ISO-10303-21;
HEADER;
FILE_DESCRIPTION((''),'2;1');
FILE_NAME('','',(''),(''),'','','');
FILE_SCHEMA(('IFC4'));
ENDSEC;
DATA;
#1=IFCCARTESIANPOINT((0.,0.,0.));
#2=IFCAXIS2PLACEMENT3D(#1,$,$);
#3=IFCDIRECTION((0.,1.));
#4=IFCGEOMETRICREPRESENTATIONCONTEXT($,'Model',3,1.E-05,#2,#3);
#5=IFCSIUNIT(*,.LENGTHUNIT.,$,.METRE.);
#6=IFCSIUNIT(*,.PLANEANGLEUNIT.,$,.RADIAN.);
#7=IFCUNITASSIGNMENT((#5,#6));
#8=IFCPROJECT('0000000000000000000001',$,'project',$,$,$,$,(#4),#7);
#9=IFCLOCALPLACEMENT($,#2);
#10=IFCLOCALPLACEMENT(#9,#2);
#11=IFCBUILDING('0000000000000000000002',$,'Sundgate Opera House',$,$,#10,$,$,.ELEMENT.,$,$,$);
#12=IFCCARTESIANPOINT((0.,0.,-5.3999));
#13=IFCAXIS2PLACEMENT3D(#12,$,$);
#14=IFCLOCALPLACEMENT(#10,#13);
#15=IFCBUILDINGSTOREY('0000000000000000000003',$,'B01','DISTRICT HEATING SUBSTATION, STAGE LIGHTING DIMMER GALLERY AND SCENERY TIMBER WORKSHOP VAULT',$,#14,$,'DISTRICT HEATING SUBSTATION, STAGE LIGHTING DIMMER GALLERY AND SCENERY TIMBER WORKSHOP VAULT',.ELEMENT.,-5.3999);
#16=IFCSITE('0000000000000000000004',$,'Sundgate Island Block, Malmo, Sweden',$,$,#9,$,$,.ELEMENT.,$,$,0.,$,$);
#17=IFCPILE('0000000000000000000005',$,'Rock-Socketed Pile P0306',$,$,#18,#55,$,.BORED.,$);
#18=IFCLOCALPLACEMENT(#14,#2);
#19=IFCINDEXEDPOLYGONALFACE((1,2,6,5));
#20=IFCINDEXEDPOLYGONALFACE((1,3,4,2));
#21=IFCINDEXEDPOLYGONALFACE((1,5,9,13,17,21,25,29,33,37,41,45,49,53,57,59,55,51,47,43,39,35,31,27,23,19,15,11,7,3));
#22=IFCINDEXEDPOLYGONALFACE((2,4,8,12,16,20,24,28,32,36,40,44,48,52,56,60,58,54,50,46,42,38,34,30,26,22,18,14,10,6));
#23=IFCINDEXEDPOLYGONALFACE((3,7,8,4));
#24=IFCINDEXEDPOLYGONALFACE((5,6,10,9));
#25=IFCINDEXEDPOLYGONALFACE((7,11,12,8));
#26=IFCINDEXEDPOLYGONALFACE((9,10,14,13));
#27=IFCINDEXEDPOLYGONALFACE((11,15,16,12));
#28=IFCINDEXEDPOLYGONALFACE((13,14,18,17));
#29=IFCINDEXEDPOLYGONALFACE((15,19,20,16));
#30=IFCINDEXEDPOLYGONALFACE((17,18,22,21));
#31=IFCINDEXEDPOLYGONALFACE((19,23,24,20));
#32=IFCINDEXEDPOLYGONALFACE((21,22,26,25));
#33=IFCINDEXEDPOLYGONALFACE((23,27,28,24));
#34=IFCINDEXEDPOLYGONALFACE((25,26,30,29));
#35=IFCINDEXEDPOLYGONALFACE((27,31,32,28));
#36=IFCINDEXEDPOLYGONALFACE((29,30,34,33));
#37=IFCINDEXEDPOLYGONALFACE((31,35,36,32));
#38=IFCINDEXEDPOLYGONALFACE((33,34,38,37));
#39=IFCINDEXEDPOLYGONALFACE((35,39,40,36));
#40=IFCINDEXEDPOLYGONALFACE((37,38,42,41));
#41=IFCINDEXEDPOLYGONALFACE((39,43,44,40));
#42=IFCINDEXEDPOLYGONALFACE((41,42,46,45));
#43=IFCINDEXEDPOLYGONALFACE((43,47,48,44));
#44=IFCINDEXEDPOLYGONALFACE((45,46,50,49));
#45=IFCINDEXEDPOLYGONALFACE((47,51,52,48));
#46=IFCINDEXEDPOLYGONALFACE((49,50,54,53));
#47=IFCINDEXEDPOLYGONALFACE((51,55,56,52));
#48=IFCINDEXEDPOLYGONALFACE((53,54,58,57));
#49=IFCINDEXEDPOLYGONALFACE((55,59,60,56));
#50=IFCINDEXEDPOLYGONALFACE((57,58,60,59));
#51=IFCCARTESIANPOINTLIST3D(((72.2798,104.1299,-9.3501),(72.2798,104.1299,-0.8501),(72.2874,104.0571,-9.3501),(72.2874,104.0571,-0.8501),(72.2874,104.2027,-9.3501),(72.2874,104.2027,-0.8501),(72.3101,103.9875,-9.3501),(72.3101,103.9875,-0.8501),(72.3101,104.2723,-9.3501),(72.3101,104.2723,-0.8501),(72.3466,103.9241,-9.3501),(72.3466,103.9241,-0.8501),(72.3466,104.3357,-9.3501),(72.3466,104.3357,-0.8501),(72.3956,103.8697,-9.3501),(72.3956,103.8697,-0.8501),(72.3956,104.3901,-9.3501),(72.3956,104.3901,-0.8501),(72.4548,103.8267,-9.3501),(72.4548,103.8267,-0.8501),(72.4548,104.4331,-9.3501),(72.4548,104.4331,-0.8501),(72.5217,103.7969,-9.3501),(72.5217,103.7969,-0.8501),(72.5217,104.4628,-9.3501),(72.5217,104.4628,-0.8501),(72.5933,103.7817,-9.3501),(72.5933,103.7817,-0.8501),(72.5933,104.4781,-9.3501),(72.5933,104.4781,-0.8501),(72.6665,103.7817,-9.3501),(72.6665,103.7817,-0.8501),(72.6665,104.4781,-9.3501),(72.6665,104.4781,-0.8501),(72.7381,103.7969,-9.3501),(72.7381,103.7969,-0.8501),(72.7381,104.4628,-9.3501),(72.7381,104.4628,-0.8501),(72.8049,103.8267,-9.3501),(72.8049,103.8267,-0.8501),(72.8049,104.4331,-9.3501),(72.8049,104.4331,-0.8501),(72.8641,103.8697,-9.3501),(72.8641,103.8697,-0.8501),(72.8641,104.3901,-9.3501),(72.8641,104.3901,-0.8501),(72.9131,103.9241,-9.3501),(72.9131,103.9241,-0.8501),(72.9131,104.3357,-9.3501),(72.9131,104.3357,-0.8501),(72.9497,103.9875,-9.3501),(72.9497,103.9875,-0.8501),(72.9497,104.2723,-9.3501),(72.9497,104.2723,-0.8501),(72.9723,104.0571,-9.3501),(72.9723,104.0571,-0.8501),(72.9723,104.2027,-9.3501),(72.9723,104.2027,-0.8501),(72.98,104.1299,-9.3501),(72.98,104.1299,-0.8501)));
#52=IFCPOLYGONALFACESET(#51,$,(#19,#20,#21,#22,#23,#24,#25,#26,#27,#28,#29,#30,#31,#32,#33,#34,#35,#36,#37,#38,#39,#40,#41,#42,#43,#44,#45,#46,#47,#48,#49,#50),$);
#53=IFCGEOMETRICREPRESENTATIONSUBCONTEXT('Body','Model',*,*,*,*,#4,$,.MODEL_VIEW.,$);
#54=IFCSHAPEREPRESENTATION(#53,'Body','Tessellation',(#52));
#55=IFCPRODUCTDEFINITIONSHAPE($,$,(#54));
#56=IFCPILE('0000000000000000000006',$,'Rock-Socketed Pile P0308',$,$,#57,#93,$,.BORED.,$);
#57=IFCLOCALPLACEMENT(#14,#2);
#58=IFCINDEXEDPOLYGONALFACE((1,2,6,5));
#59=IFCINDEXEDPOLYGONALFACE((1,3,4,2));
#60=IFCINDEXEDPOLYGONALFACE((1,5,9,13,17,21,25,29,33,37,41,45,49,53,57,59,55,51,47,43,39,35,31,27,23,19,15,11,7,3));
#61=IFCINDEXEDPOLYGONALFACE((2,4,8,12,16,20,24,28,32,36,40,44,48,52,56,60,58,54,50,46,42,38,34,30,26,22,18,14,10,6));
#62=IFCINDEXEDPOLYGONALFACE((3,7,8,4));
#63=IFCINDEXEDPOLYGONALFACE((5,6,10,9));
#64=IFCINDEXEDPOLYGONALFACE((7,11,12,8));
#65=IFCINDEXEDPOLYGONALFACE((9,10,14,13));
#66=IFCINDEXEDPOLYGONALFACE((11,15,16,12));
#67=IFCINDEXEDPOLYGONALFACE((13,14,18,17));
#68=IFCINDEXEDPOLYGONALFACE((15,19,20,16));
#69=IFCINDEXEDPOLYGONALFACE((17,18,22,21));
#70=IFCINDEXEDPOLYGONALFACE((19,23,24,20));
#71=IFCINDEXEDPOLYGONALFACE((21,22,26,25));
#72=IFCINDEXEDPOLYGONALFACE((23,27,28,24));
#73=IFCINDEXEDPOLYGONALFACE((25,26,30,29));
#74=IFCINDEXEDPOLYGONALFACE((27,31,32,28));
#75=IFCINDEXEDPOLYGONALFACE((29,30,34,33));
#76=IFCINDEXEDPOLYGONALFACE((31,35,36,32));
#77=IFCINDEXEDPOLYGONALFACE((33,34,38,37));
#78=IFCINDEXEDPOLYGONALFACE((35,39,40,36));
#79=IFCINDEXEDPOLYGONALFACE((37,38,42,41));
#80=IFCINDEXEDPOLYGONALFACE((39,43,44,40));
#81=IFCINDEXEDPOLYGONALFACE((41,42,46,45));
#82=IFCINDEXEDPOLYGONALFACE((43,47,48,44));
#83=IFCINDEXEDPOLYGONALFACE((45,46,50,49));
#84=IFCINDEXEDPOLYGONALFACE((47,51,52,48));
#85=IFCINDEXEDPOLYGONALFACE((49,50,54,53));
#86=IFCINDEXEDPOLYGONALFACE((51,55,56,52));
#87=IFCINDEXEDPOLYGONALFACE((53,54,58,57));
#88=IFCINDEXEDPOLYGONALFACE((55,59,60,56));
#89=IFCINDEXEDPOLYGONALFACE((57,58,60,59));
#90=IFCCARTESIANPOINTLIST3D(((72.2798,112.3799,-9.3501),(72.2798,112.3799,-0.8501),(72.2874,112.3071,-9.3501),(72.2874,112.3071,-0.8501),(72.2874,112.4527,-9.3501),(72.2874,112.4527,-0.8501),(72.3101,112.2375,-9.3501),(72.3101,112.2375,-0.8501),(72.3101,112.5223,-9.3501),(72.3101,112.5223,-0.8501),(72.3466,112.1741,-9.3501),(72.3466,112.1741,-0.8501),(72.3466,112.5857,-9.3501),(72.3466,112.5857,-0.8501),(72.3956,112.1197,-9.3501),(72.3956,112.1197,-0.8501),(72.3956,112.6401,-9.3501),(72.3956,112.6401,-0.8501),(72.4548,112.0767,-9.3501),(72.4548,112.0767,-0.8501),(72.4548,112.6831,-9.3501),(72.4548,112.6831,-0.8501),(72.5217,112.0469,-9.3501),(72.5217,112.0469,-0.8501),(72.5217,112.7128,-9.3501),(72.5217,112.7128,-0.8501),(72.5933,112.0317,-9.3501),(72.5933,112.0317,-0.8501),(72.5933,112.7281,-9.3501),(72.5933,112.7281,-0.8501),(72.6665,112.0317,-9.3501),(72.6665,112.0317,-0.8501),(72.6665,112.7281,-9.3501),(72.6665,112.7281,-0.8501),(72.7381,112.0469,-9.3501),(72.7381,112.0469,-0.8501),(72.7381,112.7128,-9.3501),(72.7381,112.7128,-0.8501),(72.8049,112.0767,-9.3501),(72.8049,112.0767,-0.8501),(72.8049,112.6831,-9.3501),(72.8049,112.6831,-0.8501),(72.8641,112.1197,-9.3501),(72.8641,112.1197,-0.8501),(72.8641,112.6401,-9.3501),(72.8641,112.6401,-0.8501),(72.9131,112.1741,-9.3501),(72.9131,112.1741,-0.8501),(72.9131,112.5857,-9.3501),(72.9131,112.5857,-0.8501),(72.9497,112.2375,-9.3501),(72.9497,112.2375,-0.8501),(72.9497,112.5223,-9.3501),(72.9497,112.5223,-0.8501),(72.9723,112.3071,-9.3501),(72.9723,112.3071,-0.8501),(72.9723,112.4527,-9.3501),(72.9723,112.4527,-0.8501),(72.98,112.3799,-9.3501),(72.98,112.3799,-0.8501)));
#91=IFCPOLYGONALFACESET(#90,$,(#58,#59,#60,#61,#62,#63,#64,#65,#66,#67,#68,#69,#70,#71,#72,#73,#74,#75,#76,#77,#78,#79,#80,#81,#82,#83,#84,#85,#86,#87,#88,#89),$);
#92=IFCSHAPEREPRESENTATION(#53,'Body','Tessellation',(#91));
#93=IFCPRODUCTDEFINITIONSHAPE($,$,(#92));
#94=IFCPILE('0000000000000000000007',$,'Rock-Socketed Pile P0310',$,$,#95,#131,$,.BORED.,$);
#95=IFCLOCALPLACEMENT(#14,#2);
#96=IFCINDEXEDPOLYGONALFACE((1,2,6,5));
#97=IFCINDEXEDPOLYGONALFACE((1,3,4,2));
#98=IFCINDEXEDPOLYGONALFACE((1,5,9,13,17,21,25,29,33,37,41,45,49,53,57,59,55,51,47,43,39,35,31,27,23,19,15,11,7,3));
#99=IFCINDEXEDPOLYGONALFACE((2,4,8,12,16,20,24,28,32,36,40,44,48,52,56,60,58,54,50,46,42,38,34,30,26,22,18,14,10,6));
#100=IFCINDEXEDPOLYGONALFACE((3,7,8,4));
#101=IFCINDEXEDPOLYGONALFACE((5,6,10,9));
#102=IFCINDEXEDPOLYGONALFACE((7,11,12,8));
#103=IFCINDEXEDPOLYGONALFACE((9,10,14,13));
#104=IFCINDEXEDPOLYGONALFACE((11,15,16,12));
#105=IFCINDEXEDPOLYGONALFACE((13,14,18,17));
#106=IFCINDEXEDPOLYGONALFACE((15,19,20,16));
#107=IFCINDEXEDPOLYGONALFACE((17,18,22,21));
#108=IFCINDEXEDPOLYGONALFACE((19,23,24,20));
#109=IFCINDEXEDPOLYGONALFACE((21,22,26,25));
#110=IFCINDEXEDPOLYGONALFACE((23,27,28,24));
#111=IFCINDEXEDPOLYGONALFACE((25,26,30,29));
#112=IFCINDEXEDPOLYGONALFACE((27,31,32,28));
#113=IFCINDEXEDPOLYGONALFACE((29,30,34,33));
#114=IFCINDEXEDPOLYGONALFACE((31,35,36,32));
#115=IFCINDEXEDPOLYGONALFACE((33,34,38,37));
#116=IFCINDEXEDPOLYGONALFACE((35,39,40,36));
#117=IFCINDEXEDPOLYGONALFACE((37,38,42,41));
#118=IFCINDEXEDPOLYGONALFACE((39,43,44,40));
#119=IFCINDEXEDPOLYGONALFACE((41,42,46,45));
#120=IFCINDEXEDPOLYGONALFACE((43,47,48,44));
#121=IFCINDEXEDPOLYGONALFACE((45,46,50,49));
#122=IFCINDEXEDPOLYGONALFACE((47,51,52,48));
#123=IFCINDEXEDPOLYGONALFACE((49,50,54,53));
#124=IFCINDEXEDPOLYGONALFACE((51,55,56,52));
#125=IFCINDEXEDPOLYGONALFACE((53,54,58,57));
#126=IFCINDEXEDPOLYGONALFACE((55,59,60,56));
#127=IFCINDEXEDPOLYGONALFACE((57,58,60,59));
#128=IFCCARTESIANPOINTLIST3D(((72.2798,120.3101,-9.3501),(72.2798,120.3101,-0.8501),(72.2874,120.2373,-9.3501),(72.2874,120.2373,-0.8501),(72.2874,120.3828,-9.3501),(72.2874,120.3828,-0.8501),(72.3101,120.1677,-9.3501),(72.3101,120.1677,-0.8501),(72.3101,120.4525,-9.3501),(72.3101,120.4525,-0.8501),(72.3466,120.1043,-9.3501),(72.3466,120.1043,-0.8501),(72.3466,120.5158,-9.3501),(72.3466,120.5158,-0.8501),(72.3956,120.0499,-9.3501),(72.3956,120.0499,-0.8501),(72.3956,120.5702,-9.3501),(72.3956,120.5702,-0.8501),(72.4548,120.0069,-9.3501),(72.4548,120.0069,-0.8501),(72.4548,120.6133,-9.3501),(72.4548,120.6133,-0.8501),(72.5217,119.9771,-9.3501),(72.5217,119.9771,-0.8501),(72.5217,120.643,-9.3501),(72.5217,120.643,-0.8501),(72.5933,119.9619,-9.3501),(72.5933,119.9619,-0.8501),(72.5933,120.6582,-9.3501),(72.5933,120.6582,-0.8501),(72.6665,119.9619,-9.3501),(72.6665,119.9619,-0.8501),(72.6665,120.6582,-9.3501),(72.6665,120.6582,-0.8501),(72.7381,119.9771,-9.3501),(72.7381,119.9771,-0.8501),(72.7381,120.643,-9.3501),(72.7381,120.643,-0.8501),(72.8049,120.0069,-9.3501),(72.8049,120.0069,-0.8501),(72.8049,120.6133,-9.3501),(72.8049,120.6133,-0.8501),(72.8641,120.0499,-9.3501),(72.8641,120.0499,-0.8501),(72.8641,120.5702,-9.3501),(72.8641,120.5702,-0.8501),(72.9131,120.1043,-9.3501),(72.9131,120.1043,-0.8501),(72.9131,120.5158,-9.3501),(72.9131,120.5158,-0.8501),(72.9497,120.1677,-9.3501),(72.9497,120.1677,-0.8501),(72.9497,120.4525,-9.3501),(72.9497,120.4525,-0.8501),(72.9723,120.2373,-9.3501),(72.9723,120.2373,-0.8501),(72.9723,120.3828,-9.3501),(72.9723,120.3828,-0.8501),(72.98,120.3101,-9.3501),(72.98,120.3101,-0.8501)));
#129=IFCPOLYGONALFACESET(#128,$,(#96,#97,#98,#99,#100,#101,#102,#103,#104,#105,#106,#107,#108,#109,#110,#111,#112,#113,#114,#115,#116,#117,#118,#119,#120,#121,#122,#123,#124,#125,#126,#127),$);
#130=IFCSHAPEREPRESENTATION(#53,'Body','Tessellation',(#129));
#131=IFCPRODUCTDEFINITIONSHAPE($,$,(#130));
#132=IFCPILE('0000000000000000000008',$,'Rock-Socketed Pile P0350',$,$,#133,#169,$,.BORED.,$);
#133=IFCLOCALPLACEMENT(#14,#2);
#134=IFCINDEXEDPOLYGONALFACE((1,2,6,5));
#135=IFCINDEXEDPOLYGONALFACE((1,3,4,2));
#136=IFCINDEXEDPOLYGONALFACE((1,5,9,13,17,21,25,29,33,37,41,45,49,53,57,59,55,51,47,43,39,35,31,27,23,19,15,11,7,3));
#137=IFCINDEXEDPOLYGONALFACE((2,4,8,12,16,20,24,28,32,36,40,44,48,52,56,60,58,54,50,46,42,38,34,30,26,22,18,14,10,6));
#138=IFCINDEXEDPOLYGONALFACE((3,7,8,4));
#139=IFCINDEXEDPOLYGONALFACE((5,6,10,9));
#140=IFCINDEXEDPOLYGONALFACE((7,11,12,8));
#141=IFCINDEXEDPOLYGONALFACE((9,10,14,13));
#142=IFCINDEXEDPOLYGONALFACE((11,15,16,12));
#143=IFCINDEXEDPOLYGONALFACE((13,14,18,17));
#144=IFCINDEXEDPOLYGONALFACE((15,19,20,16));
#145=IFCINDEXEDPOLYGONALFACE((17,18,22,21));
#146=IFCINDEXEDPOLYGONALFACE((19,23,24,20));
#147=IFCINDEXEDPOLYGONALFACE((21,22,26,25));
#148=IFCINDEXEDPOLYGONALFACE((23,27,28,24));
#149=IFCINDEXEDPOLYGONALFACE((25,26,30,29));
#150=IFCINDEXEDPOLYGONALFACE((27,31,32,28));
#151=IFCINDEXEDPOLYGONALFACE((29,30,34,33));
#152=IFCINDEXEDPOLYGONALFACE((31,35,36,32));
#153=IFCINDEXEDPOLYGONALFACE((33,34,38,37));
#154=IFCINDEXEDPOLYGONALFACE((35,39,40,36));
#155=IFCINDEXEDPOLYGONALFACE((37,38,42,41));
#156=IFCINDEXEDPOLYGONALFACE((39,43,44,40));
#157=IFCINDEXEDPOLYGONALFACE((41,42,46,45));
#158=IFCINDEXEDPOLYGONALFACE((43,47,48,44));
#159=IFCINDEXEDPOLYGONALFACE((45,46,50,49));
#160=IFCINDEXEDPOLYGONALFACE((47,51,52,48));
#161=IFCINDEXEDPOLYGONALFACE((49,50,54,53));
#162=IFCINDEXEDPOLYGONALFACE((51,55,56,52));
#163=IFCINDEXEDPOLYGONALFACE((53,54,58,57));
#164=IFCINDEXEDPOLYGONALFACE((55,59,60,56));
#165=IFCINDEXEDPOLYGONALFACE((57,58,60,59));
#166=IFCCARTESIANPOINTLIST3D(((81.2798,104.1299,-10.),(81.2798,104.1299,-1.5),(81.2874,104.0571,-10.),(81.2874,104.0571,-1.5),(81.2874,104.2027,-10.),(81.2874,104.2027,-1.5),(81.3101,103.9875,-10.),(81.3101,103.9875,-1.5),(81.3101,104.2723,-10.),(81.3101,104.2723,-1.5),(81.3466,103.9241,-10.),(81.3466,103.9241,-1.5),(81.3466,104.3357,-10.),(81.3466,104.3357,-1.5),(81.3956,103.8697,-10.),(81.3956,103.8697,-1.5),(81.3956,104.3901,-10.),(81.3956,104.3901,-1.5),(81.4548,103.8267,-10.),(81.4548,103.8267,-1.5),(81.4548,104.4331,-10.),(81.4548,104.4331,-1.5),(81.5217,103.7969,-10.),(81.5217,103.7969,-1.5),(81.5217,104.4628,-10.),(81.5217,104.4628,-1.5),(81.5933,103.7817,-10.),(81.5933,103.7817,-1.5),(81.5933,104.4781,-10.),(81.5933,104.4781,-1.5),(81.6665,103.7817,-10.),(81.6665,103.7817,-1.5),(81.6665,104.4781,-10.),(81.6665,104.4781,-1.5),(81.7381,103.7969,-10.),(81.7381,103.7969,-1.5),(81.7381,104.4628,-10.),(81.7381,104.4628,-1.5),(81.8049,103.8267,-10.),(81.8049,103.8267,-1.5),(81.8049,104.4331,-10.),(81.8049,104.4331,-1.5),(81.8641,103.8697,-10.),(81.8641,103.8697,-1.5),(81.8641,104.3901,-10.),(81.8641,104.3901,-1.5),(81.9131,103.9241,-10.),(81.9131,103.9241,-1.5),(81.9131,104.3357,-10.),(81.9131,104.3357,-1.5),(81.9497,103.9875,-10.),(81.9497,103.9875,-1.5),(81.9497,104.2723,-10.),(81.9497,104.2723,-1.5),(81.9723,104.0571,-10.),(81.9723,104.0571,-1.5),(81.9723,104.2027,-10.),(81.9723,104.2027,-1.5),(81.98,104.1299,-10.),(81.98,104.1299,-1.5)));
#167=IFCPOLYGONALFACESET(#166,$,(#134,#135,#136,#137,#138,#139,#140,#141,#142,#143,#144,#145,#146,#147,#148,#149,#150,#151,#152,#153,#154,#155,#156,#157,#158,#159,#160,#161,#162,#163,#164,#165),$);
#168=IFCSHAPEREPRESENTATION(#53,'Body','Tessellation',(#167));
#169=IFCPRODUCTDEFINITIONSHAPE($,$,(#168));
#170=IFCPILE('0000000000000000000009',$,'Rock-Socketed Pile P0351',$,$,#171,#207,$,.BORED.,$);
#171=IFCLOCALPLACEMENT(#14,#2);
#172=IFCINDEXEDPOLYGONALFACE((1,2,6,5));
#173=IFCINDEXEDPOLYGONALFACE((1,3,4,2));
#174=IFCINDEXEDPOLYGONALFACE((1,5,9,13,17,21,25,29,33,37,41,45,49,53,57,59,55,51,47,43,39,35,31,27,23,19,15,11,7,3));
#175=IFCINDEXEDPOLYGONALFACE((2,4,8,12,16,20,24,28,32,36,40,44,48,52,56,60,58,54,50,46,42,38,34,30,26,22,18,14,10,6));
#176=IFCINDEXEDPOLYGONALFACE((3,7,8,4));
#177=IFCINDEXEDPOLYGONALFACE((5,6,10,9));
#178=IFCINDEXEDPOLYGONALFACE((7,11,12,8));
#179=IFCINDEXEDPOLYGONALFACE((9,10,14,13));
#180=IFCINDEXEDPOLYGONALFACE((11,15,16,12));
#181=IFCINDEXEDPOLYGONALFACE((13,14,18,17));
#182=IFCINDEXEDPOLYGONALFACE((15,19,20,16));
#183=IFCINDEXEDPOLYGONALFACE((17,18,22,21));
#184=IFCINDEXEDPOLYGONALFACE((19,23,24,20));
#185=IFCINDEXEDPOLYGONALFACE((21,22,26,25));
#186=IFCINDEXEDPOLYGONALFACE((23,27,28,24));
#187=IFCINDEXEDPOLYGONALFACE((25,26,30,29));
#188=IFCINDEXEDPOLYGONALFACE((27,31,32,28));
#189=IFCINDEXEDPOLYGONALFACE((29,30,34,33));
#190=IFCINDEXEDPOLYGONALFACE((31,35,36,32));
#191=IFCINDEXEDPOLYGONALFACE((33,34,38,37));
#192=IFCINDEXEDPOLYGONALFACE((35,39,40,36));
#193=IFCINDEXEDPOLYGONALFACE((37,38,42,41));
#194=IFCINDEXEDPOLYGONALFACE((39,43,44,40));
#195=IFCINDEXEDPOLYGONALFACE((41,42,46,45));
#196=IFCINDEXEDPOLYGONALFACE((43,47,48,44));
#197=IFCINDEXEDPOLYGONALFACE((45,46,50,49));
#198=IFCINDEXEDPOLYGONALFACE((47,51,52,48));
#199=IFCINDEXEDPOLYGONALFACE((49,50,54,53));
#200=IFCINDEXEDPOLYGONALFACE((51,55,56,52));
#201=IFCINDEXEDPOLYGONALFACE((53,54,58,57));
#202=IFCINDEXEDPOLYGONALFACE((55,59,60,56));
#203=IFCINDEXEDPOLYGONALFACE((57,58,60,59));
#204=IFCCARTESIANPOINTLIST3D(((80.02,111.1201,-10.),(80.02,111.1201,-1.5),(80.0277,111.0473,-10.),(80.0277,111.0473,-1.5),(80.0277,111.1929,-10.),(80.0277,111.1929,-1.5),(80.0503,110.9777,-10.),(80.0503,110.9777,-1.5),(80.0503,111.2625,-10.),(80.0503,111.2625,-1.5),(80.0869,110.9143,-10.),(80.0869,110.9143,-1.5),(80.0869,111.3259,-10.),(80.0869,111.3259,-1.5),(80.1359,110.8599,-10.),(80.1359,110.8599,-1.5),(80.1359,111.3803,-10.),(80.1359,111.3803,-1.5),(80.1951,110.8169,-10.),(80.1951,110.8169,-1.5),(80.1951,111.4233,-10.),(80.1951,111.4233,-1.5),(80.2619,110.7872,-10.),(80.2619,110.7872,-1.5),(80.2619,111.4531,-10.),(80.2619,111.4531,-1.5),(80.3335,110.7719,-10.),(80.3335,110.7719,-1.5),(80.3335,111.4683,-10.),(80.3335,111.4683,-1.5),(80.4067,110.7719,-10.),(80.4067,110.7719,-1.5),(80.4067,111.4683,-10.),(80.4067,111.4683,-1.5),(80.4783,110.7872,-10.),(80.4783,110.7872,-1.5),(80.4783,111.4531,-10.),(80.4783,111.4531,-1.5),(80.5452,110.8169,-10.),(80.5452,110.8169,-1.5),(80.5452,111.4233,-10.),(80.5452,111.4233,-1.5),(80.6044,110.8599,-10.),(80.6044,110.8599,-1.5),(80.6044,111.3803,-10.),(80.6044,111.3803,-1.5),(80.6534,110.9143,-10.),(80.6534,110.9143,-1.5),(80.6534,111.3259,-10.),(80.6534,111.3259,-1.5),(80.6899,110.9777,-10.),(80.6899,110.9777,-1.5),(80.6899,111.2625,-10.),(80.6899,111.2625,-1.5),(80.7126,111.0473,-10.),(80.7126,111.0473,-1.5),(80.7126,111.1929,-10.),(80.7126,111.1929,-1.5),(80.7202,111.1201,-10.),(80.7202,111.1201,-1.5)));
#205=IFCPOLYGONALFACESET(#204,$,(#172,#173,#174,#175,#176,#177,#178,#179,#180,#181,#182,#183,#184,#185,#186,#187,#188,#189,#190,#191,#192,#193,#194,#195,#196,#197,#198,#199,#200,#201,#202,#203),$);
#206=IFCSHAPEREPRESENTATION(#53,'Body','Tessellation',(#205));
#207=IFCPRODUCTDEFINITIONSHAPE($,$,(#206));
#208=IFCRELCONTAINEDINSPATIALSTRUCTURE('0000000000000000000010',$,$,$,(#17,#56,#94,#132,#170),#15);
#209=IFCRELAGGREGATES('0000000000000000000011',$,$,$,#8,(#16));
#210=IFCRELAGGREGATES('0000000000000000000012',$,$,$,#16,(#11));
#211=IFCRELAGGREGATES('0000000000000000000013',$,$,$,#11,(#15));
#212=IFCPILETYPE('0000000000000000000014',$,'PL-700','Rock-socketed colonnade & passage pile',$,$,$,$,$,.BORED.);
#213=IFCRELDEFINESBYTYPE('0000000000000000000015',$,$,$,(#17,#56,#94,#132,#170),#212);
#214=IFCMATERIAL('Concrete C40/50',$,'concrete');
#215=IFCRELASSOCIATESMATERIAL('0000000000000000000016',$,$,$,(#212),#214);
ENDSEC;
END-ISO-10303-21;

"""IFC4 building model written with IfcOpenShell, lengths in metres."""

from ifc_helpers import new_model, si_unit, direction, frame, origin, origin_2d, place, context, subcontext, project, spatial, circle, extrude, material, material_profile, profile_set, type_object, element, save


model = new_model("IFC4")

# Units and contexts
model_context = context("Model", 3, precision=1e-05, world=origin(), true_north=direction((0.0, 1.0)))
body_context = subcontext(model_context, "Body", "Model", "MODEL_VIEW")
ifc_project = project(units=[si_unit("LENGTHUNIT", "METRE"), si_unit("PLANEANGLEUNIT", "RADIAN")], contexts=[model_context])

# Site, building, storey
site_placement = place(None, origin())
site = spatial("IfcSite", under=ifc_project, at=site_placement, Name="Sundgate Island Block, Malmo, Sweden", CompositionType="ELEMENT", RefElevation=0.0)
building_placement = place(site_placement, origin())
building = spatial("IfcBuilding", under=site, at=building_placement, Name="Sundgate Opera House", CompositionType="ELEMENT")
storey_placement = place(building_placement, frame((0.0, 0.0, -5.3999)))
storey = spatial("IfcBuildingStorey", under=building, at=storey_placement, Name="B01", Description="DISTRICT HEATING SUBSTATION, STAGE LIGHTING DIMMER GALLERY AND SCENERY TIMBER WORKSHOP VAULT", LongName="DISTRICT HEATING SUBSTATION, STAGE LIGHTING DIMMER GALLERY AND SCENERY TIMBER WORKSHOP VAULT", CompositionType="ELEMENT", Elevation=-5.3999)

# Piles
ifc_material_1 = material(Name="Concrete C40/50", Category="concrete")
ifc_material_profile_1 = material_profile(ifc_material_1, circle(Radius=0.3501, at=origin_2d()), Name="PILE D700")
ifc_profile_set_1 = profile_set([ifc_material_profile_1], Name="Concrete C40/50")
pile_type_1 = type_object("IfcPileType", Name="PL-700", Description="Rock-socketed colonnade & passage pile", PredefinedType="BORED", material=ifc_profile_set_1)
for number, where, z_axis, x_axis, name in (
    (1, (72.6299, 104.1299, -0.8501), (0.0, 0.0, -1.0), (1.0, 0.0, 0.0), "Rock-Socketed Pile P0306"),
    (2, (72.6299, 112.3799, -0.8501), (0.0, 0.0, -1.0), (1.0, 0.0, 0.0), "Rock-Socketed Pile P0308"),
    (3, (72.6299, 120.3101, -0.8501), (0.0, 0.0, -1.0), (1.0, 0.0, 0.0), "Rock-Socketed Pile P0310"),
    (4, (81.6299, 104.1299, -1.5), (0.0, 0.0, -1.0), (1.0, 0.0, 0.0), "Rock-Socketed Pile P0350"),
    (5, (80.3701, 111.1201, -1.5), (0.0, 0.0, -1.0), (1.0, 0.0, 0.0), "Rock-Socketed Pile P0351"),
):
    element("IfcPile", number, at=place(storey_placement, frame(where, z_axis=z_axis, x_axis=x_axis)), inside=storey, type_object=pile_type_1, Name=name, PredefinedType="BORED", context=body_context, shape_type="SweptSolid", body=[
        extrude(circle(Radius=0.3501, at=origin_2d()), origin(), (0.0, 0.0, 1.0), 8.5),
    ])

save(model, "model.ifc")
